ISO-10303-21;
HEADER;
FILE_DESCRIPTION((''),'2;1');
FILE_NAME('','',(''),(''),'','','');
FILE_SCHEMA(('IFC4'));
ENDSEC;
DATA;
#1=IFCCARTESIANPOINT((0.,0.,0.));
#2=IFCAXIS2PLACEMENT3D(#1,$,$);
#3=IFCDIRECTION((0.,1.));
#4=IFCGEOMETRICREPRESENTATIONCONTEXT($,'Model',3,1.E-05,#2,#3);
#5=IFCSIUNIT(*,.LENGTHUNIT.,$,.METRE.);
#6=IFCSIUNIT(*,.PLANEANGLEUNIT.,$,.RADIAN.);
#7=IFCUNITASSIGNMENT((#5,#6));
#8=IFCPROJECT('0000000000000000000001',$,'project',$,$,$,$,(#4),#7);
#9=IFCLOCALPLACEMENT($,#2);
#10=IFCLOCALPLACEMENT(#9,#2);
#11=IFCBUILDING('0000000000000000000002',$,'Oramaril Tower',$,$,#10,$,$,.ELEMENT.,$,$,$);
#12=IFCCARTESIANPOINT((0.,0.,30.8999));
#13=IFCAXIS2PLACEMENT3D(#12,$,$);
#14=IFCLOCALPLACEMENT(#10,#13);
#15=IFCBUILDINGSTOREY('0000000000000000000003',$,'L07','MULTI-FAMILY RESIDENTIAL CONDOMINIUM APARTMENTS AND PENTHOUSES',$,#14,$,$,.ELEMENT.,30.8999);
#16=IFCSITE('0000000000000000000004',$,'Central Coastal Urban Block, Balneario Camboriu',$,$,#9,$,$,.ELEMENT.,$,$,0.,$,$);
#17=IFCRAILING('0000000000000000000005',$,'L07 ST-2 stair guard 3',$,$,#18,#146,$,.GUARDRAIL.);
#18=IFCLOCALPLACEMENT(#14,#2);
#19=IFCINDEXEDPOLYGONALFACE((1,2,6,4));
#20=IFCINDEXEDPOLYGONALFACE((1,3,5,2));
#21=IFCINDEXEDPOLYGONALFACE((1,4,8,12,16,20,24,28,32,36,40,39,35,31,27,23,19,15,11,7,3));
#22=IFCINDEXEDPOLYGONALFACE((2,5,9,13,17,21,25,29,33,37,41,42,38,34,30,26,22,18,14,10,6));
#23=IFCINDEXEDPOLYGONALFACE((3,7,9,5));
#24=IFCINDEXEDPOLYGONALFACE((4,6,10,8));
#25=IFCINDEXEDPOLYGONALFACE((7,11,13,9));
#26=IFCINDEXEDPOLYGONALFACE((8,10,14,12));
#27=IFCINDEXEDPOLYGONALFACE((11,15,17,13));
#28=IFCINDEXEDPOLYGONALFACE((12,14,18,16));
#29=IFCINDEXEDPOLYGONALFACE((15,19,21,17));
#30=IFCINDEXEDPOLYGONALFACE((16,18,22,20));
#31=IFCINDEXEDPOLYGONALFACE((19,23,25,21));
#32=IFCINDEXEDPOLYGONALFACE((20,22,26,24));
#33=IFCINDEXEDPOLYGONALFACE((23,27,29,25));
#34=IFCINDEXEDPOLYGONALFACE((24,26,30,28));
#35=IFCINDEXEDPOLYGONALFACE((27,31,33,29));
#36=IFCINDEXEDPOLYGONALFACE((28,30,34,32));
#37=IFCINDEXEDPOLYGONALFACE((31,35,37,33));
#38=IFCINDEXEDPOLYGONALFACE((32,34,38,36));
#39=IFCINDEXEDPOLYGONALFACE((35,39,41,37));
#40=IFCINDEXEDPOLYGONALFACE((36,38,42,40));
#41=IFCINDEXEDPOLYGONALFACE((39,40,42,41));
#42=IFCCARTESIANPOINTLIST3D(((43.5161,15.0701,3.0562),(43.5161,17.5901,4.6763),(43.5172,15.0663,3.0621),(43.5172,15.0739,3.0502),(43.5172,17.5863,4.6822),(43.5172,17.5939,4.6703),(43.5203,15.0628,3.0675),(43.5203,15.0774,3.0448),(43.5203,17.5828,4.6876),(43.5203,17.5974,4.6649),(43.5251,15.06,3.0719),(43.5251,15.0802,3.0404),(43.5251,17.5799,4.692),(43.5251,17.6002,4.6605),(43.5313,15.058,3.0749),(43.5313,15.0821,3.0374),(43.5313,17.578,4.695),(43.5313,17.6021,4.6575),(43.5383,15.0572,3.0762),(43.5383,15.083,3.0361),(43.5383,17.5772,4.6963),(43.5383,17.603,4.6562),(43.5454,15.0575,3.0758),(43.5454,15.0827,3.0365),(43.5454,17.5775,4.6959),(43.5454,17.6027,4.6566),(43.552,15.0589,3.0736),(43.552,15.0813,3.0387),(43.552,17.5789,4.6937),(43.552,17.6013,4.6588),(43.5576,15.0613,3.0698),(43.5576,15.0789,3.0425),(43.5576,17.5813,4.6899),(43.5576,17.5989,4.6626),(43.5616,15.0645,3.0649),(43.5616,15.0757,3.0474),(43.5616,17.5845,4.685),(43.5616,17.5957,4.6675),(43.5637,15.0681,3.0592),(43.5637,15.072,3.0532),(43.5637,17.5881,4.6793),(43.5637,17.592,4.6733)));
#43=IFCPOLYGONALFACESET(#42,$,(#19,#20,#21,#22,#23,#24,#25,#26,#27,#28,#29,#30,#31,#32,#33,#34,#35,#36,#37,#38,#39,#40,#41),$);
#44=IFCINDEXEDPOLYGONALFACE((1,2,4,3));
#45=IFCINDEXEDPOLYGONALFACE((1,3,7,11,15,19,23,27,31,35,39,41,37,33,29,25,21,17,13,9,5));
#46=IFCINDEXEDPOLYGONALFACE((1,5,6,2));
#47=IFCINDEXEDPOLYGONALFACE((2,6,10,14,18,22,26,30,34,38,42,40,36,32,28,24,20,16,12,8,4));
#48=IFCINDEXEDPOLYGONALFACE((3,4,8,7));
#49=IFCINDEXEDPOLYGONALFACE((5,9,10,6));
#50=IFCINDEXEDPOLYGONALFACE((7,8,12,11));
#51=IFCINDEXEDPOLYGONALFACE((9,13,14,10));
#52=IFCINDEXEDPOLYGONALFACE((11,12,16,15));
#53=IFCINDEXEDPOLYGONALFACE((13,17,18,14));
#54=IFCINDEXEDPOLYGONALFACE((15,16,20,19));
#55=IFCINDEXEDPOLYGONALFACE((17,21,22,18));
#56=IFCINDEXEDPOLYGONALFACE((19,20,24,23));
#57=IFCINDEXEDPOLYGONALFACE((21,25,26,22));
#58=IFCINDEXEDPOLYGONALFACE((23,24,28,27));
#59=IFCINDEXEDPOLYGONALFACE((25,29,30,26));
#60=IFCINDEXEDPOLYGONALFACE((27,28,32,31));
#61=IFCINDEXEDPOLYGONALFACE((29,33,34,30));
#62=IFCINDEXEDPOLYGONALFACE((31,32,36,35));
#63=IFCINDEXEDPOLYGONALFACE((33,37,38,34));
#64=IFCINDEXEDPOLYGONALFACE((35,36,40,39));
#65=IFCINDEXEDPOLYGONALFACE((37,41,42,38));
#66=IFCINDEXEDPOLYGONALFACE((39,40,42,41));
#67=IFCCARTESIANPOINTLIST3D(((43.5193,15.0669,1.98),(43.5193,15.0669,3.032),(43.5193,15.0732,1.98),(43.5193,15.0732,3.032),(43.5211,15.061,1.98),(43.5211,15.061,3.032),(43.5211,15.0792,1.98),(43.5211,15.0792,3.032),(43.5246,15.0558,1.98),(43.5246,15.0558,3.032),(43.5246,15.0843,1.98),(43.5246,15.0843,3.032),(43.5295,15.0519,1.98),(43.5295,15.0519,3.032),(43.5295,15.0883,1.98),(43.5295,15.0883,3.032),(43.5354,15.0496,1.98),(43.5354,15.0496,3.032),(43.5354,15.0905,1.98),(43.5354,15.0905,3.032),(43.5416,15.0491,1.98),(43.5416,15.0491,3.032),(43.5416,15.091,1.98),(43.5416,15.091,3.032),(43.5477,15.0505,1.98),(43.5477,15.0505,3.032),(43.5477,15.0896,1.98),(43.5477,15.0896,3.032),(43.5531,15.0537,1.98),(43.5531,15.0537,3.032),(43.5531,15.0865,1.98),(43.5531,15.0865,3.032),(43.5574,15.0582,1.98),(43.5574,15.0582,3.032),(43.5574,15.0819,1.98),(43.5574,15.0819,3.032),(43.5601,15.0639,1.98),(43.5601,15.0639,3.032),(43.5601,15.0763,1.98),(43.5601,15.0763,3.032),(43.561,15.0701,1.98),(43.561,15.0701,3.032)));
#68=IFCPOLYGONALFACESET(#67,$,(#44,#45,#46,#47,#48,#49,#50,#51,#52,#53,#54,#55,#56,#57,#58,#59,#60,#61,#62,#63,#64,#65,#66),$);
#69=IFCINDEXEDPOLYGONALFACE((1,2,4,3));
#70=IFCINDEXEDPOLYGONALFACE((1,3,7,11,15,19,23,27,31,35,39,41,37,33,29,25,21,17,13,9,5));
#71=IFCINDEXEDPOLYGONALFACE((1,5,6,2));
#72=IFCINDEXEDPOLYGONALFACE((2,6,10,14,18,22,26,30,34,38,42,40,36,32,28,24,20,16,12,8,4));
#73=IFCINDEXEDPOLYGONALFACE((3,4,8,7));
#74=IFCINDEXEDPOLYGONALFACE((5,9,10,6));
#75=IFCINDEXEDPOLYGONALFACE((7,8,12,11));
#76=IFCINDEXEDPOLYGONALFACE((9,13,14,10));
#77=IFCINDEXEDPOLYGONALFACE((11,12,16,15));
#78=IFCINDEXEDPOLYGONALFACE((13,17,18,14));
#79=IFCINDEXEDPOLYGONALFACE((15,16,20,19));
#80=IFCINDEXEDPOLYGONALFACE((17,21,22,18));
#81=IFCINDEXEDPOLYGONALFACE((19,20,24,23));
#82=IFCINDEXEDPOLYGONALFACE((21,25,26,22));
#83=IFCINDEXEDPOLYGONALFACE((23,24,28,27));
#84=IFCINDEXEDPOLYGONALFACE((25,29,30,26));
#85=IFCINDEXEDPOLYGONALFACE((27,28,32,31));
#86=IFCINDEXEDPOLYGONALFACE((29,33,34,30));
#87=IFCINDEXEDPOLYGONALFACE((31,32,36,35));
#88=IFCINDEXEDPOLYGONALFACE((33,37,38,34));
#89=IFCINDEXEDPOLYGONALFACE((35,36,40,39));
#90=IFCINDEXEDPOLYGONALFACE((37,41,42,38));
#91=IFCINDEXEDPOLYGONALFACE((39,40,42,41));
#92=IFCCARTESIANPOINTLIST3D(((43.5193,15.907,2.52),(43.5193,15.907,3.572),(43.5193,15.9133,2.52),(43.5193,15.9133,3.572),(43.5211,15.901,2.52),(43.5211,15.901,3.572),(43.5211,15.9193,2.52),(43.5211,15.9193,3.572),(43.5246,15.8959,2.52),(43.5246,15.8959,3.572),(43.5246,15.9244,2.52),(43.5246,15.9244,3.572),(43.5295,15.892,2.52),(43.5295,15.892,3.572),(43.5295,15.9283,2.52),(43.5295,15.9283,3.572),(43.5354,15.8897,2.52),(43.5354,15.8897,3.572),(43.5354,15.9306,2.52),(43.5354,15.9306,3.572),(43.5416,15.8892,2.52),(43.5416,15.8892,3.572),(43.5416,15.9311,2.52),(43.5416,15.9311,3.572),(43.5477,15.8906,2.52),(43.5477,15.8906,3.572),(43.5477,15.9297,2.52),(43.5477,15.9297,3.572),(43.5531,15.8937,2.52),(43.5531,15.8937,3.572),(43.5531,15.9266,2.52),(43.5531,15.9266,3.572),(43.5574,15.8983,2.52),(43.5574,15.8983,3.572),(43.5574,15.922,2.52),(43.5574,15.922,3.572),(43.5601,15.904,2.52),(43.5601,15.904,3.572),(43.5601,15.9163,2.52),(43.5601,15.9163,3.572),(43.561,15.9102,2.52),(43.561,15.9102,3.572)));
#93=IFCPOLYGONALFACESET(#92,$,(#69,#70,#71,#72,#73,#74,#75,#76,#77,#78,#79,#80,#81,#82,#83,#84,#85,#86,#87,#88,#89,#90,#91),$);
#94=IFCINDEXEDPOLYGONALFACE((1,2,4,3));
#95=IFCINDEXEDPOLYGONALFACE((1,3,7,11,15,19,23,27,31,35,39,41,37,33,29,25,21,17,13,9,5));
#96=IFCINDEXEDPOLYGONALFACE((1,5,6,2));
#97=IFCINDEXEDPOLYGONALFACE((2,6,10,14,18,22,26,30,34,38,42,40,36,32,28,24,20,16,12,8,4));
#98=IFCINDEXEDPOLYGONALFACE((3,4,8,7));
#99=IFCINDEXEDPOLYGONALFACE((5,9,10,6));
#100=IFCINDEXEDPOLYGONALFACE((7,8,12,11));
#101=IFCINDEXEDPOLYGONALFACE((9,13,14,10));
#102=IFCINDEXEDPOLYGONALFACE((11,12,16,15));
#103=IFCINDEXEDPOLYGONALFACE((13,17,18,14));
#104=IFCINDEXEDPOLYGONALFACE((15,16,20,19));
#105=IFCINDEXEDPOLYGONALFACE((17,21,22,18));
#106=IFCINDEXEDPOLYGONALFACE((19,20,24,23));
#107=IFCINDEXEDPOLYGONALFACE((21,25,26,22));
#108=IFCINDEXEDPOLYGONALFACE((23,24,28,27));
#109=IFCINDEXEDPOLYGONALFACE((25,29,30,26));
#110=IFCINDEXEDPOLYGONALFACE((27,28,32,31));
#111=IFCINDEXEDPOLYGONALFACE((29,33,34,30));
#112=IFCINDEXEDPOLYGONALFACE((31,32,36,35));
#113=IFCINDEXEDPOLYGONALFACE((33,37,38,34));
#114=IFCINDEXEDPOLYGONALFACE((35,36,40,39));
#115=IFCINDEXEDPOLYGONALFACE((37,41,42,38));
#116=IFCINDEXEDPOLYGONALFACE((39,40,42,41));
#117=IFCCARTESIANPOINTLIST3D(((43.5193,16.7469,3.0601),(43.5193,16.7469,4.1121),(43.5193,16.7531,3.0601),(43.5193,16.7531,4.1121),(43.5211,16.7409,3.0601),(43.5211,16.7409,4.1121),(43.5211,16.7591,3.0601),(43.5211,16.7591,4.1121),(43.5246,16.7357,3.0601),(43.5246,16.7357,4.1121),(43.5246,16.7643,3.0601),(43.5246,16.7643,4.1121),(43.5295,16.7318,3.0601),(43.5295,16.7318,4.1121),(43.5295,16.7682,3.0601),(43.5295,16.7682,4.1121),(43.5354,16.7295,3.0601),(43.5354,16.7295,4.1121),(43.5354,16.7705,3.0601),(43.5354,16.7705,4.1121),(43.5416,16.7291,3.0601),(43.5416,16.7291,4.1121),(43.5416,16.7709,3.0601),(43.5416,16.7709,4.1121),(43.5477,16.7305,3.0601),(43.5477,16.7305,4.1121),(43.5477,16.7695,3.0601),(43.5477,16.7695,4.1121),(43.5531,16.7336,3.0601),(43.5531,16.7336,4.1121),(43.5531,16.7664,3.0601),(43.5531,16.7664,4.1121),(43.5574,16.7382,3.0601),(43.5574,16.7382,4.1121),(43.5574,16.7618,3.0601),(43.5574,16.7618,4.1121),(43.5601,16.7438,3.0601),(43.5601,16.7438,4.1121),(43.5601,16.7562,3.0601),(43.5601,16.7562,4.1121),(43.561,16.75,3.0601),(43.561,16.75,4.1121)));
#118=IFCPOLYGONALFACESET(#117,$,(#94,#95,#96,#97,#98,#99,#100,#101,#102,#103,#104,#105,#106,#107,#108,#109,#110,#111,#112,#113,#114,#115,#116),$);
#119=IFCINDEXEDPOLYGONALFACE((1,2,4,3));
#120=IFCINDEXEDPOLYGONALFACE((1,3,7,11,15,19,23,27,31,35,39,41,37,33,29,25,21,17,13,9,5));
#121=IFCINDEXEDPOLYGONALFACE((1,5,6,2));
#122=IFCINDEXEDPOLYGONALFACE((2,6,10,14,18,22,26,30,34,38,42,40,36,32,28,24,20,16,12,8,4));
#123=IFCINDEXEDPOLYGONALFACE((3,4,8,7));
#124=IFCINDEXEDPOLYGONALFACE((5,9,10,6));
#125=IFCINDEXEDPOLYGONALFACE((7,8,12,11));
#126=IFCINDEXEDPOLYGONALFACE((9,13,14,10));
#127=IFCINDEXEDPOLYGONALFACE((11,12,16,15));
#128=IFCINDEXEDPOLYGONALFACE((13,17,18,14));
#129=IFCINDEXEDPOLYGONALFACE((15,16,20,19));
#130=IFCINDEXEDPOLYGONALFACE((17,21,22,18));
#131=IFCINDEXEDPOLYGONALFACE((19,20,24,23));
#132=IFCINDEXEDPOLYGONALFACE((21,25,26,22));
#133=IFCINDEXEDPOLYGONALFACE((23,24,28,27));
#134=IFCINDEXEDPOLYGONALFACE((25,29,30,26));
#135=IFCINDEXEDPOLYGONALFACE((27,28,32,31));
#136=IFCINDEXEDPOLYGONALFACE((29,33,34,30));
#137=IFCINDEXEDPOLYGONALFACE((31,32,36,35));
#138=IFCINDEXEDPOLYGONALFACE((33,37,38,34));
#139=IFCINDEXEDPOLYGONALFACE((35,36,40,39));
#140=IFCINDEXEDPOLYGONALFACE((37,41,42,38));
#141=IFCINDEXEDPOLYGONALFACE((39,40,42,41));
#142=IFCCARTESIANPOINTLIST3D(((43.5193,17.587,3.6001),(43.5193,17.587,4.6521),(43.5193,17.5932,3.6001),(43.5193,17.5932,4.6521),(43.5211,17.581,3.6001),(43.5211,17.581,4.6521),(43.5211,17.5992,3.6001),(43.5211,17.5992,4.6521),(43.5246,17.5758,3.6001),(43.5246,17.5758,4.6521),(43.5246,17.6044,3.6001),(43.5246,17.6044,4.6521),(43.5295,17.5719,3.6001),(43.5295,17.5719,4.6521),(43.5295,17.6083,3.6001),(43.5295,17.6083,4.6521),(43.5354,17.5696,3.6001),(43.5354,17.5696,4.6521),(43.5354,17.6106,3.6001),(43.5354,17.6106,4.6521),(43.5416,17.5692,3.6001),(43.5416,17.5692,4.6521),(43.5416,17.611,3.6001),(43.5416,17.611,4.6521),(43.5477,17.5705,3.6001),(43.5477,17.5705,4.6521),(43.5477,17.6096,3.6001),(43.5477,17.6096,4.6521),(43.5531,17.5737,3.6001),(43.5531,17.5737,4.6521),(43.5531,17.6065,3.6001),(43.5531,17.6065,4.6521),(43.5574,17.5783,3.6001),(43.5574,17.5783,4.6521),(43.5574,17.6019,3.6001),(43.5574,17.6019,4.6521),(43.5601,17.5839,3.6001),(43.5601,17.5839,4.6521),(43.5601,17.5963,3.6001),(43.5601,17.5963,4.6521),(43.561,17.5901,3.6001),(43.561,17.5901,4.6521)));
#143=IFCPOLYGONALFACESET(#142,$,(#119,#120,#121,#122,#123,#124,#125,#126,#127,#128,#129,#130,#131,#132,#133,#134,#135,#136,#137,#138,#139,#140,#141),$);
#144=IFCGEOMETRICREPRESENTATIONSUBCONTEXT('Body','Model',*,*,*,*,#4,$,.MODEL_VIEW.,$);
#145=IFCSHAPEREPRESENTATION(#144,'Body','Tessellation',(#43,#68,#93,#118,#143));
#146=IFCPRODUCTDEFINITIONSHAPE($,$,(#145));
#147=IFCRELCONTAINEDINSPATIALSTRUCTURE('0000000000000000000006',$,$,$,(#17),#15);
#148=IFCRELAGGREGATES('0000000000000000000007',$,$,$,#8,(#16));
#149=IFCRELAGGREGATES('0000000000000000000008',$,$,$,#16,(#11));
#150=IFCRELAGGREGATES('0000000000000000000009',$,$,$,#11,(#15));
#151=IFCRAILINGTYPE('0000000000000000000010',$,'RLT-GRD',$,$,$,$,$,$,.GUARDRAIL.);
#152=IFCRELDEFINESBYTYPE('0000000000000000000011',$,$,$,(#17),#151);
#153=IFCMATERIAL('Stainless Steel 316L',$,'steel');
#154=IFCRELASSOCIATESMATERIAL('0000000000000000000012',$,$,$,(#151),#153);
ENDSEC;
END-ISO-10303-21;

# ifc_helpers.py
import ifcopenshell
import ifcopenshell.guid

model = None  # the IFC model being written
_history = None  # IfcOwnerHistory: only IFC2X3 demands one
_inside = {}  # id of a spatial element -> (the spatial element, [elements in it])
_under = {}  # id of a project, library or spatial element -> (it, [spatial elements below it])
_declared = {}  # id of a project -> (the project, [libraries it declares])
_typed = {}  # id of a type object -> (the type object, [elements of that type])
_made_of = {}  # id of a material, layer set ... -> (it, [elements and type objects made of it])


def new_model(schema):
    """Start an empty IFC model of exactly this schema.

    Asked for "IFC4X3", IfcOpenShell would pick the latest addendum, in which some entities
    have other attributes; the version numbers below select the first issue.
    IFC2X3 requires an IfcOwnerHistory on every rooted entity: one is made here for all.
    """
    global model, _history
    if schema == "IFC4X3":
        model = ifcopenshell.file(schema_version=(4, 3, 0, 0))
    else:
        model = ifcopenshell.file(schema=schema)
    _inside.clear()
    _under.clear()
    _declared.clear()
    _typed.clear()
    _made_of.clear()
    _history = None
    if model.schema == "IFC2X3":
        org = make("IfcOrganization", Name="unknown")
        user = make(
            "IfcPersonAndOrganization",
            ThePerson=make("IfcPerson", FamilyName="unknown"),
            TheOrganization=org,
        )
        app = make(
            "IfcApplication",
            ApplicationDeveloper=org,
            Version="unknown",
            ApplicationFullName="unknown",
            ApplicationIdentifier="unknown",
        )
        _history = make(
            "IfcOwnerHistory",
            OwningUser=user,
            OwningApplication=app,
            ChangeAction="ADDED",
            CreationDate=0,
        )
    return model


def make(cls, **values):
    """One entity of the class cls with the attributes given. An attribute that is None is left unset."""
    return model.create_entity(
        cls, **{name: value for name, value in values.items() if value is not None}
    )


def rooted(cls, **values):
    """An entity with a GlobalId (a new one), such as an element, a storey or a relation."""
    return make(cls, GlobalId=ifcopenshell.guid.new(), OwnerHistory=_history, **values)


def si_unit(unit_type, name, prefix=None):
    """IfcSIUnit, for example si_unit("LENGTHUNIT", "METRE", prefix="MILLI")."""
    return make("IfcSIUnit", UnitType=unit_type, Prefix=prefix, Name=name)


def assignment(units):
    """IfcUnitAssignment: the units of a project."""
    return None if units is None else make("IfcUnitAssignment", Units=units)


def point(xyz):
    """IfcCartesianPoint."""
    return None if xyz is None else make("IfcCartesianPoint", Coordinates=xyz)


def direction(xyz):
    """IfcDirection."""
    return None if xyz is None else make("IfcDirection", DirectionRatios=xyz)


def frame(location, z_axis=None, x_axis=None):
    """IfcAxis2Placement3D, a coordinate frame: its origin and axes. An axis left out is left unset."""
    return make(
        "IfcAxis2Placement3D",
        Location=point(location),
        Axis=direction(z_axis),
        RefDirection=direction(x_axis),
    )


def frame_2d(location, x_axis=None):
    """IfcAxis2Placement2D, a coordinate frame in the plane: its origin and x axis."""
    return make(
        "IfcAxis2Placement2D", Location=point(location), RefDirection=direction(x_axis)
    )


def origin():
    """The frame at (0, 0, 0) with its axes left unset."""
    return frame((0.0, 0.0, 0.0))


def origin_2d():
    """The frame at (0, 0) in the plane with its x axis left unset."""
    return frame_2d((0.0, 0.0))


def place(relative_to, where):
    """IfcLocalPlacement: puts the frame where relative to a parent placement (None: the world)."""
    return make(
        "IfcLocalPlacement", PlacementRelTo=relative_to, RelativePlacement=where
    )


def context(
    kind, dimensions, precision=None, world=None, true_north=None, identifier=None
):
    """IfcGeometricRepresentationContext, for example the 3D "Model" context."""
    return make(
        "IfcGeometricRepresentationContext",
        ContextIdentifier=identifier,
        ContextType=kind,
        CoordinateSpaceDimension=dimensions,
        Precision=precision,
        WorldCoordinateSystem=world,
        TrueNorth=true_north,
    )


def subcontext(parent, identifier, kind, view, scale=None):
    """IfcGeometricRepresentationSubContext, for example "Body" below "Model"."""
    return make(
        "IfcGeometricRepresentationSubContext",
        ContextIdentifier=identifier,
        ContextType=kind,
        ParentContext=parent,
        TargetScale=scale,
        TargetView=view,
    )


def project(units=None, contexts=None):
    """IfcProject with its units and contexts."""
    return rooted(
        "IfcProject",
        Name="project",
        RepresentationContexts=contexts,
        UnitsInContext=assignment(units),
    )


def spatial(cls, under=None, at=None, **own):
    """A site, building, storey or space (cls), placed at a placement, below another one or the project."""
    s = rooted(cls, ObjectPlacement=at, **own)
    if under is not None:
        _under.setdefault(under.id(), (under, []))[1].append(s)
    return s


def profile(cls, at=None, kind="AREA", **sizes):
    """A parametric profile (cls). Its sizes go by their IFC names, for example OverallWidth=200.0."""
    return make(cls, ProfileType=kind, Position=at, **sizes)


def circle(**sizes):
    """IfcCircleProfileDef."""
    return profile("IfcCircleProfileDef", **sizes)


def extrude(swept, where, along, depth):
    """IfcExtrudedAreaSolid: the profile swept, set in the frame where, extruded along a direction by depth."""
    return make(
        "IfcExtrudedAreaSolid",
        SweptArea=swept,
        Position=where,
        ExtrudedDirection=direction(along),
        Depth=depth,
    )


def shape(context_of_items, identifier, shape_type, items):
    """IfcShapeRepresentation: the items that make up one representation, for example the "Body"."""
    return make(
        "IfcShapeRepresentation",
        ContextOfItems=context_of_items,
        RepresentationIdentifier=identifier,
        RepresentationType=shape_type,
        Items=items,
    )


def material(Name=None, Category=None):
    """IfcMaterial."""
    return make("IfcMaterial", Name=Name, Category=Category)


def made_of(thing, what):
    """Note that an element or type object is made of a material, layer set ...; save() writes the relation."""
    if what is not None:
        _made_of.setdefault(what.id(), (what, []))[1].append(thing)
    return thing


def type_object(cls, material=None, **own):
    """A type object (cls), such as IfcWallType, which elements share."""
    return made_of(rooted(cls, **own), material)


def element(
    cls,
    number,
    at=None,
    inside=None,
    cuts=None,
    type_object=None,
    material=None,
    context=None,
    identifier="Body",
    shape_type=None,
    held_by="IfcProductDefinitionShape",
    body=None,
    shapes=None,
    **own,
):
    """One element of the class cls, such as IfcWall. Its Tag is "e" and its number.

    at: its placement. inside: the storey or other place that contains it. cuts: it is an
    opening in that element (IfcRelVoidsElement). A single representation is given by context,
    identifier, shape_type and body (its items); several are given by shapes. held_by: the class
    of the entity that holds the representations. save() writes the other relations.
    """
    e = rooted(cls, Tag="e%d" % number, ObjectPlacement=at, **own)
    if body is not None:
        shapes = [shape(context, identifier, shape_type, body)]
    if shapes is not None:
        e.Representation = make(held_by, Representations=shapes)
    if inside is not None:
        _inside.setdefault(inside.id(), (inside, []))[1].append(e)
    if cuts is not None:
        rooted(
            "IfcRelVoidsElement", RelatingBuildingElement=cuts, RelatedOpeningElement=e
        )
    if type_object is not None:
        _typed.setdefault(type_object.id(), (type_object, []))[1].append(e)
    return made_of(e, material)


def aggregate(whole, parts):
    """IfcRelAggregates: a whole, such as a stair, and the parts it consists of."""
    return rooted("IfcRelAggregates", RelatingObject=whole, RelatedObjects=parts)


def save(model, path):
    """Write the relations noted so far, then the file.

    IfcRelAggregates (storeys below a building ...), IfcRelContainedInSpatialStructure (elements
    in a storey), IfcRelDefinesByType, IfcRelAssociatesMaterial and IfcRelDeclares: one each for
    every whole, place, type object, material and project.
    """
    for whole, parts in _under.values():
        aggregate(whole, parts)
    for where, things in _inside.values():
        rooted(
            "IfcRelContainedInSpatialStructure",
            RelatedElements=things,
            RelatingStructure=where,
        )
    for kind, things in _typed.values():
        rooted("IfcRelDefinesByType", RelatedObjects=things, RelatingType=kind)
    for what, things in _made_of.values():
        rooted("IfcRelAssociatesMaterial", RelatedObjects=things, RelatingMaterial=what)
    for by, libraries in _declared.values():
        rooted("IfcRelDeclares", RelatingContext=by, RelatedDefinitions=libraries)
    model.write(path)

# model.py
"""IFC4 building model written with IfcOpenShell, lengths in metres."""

from ifc_helpers import new_model, si_unit, direction, frame, origin, origin_2d, place, context, subcontext, project, spatial, circle, extrude, material, type_object, element, save


model = new_model("IFC4")

# Units and contexts
model_context = context("Model", 3, precision=1e-05, world=origin(), true_north=direction((0.0, 1.0)))
body_context = subcontext(model_context, "Body", "Model", "MODEL_VIEW")
ifc_project = project(units=[si_unit("LENGTHUNIT", "METRE"), si_unit("PLANEANGLEUNIT", "RADIAN")], contexts=[model_context])

# Site, building, storey
site_placement = place(None, origin())
site = spatial("IfcSite", under=ifc_project, at=site_placement, Name="Central Coastal Urban Block, Balneario Camboriu", CompositionType="ELEMENT", RefElevation=0.0)
building_placement = place(site_placement, origin())
building = spatial("IfcBuilding", under=site, at=building_placement, Name="Oramaril Tower", CompositionType="ELEMENT")
storey_placement = place(building_placement, frame((0.0, 0.0, 30.8999)))
storey = spatial("IfcBuildingStorey", under=building, at=storey_placement, Name="L07", Description="MULTI-FAMILY RESIDENTIAL CONDOMINIUM APARTMENTS AND PENTHOUSES", CompositionType="ELEMENT", Elevation=30.8999)

# Railing
ifc_material_1 = material(Name="Stainless Steel 316L", Category="steel")
railing_type_1 = type_object("IfcRailingType", Name="RLT-GRD", PredefinedType="GUARDRAIL", material=ifc_material_1)
railing_1_placement = place(storey_placement, frame((43.54, 15.0701, 1.98)))
element("IfcRailing", 1, at=railing_1_placement, inside=storey, type_object=railing_type_1, Name="L07 ST-2 stair guard 3", PredefinedType="GUARDRAIL", context=body_context, shape_type="SweptSolid", body=[
    extrude(circle(Radius=0.0239, at=origin_2d()), frame((0.0, 0.0, 1.0762), z_axis=(0.0, 0.841163, 0.540782), x_axis=(-1.0, 0.0, 0.0)), (0.0, 0.0, 1.0), 2.9958),
    extrude(circle(Radius=0.021, at=origin_2d()), origin(), (0.0, 0.0, 1.0), 1.052),
    extrude(circle(Radius=0.021, at=origin_2d()), frame((0.0, 0.8401, 0.54)), (0.0, 0.0, 1.0), 1.052),
    extrude(circle(Radius=0.021, at=origin_2d()), frame((0.0, 1.6799, 1.0801)), (0.0, 0.0, 1.0), 1.052),
    extrude(circle(Radius=0.021, at=origin_2d()), frame((0.0, 2.52, 1.6201)), (0.0, 0.0, 1.0), 1.052),
])

save(model, "model.ifc")
